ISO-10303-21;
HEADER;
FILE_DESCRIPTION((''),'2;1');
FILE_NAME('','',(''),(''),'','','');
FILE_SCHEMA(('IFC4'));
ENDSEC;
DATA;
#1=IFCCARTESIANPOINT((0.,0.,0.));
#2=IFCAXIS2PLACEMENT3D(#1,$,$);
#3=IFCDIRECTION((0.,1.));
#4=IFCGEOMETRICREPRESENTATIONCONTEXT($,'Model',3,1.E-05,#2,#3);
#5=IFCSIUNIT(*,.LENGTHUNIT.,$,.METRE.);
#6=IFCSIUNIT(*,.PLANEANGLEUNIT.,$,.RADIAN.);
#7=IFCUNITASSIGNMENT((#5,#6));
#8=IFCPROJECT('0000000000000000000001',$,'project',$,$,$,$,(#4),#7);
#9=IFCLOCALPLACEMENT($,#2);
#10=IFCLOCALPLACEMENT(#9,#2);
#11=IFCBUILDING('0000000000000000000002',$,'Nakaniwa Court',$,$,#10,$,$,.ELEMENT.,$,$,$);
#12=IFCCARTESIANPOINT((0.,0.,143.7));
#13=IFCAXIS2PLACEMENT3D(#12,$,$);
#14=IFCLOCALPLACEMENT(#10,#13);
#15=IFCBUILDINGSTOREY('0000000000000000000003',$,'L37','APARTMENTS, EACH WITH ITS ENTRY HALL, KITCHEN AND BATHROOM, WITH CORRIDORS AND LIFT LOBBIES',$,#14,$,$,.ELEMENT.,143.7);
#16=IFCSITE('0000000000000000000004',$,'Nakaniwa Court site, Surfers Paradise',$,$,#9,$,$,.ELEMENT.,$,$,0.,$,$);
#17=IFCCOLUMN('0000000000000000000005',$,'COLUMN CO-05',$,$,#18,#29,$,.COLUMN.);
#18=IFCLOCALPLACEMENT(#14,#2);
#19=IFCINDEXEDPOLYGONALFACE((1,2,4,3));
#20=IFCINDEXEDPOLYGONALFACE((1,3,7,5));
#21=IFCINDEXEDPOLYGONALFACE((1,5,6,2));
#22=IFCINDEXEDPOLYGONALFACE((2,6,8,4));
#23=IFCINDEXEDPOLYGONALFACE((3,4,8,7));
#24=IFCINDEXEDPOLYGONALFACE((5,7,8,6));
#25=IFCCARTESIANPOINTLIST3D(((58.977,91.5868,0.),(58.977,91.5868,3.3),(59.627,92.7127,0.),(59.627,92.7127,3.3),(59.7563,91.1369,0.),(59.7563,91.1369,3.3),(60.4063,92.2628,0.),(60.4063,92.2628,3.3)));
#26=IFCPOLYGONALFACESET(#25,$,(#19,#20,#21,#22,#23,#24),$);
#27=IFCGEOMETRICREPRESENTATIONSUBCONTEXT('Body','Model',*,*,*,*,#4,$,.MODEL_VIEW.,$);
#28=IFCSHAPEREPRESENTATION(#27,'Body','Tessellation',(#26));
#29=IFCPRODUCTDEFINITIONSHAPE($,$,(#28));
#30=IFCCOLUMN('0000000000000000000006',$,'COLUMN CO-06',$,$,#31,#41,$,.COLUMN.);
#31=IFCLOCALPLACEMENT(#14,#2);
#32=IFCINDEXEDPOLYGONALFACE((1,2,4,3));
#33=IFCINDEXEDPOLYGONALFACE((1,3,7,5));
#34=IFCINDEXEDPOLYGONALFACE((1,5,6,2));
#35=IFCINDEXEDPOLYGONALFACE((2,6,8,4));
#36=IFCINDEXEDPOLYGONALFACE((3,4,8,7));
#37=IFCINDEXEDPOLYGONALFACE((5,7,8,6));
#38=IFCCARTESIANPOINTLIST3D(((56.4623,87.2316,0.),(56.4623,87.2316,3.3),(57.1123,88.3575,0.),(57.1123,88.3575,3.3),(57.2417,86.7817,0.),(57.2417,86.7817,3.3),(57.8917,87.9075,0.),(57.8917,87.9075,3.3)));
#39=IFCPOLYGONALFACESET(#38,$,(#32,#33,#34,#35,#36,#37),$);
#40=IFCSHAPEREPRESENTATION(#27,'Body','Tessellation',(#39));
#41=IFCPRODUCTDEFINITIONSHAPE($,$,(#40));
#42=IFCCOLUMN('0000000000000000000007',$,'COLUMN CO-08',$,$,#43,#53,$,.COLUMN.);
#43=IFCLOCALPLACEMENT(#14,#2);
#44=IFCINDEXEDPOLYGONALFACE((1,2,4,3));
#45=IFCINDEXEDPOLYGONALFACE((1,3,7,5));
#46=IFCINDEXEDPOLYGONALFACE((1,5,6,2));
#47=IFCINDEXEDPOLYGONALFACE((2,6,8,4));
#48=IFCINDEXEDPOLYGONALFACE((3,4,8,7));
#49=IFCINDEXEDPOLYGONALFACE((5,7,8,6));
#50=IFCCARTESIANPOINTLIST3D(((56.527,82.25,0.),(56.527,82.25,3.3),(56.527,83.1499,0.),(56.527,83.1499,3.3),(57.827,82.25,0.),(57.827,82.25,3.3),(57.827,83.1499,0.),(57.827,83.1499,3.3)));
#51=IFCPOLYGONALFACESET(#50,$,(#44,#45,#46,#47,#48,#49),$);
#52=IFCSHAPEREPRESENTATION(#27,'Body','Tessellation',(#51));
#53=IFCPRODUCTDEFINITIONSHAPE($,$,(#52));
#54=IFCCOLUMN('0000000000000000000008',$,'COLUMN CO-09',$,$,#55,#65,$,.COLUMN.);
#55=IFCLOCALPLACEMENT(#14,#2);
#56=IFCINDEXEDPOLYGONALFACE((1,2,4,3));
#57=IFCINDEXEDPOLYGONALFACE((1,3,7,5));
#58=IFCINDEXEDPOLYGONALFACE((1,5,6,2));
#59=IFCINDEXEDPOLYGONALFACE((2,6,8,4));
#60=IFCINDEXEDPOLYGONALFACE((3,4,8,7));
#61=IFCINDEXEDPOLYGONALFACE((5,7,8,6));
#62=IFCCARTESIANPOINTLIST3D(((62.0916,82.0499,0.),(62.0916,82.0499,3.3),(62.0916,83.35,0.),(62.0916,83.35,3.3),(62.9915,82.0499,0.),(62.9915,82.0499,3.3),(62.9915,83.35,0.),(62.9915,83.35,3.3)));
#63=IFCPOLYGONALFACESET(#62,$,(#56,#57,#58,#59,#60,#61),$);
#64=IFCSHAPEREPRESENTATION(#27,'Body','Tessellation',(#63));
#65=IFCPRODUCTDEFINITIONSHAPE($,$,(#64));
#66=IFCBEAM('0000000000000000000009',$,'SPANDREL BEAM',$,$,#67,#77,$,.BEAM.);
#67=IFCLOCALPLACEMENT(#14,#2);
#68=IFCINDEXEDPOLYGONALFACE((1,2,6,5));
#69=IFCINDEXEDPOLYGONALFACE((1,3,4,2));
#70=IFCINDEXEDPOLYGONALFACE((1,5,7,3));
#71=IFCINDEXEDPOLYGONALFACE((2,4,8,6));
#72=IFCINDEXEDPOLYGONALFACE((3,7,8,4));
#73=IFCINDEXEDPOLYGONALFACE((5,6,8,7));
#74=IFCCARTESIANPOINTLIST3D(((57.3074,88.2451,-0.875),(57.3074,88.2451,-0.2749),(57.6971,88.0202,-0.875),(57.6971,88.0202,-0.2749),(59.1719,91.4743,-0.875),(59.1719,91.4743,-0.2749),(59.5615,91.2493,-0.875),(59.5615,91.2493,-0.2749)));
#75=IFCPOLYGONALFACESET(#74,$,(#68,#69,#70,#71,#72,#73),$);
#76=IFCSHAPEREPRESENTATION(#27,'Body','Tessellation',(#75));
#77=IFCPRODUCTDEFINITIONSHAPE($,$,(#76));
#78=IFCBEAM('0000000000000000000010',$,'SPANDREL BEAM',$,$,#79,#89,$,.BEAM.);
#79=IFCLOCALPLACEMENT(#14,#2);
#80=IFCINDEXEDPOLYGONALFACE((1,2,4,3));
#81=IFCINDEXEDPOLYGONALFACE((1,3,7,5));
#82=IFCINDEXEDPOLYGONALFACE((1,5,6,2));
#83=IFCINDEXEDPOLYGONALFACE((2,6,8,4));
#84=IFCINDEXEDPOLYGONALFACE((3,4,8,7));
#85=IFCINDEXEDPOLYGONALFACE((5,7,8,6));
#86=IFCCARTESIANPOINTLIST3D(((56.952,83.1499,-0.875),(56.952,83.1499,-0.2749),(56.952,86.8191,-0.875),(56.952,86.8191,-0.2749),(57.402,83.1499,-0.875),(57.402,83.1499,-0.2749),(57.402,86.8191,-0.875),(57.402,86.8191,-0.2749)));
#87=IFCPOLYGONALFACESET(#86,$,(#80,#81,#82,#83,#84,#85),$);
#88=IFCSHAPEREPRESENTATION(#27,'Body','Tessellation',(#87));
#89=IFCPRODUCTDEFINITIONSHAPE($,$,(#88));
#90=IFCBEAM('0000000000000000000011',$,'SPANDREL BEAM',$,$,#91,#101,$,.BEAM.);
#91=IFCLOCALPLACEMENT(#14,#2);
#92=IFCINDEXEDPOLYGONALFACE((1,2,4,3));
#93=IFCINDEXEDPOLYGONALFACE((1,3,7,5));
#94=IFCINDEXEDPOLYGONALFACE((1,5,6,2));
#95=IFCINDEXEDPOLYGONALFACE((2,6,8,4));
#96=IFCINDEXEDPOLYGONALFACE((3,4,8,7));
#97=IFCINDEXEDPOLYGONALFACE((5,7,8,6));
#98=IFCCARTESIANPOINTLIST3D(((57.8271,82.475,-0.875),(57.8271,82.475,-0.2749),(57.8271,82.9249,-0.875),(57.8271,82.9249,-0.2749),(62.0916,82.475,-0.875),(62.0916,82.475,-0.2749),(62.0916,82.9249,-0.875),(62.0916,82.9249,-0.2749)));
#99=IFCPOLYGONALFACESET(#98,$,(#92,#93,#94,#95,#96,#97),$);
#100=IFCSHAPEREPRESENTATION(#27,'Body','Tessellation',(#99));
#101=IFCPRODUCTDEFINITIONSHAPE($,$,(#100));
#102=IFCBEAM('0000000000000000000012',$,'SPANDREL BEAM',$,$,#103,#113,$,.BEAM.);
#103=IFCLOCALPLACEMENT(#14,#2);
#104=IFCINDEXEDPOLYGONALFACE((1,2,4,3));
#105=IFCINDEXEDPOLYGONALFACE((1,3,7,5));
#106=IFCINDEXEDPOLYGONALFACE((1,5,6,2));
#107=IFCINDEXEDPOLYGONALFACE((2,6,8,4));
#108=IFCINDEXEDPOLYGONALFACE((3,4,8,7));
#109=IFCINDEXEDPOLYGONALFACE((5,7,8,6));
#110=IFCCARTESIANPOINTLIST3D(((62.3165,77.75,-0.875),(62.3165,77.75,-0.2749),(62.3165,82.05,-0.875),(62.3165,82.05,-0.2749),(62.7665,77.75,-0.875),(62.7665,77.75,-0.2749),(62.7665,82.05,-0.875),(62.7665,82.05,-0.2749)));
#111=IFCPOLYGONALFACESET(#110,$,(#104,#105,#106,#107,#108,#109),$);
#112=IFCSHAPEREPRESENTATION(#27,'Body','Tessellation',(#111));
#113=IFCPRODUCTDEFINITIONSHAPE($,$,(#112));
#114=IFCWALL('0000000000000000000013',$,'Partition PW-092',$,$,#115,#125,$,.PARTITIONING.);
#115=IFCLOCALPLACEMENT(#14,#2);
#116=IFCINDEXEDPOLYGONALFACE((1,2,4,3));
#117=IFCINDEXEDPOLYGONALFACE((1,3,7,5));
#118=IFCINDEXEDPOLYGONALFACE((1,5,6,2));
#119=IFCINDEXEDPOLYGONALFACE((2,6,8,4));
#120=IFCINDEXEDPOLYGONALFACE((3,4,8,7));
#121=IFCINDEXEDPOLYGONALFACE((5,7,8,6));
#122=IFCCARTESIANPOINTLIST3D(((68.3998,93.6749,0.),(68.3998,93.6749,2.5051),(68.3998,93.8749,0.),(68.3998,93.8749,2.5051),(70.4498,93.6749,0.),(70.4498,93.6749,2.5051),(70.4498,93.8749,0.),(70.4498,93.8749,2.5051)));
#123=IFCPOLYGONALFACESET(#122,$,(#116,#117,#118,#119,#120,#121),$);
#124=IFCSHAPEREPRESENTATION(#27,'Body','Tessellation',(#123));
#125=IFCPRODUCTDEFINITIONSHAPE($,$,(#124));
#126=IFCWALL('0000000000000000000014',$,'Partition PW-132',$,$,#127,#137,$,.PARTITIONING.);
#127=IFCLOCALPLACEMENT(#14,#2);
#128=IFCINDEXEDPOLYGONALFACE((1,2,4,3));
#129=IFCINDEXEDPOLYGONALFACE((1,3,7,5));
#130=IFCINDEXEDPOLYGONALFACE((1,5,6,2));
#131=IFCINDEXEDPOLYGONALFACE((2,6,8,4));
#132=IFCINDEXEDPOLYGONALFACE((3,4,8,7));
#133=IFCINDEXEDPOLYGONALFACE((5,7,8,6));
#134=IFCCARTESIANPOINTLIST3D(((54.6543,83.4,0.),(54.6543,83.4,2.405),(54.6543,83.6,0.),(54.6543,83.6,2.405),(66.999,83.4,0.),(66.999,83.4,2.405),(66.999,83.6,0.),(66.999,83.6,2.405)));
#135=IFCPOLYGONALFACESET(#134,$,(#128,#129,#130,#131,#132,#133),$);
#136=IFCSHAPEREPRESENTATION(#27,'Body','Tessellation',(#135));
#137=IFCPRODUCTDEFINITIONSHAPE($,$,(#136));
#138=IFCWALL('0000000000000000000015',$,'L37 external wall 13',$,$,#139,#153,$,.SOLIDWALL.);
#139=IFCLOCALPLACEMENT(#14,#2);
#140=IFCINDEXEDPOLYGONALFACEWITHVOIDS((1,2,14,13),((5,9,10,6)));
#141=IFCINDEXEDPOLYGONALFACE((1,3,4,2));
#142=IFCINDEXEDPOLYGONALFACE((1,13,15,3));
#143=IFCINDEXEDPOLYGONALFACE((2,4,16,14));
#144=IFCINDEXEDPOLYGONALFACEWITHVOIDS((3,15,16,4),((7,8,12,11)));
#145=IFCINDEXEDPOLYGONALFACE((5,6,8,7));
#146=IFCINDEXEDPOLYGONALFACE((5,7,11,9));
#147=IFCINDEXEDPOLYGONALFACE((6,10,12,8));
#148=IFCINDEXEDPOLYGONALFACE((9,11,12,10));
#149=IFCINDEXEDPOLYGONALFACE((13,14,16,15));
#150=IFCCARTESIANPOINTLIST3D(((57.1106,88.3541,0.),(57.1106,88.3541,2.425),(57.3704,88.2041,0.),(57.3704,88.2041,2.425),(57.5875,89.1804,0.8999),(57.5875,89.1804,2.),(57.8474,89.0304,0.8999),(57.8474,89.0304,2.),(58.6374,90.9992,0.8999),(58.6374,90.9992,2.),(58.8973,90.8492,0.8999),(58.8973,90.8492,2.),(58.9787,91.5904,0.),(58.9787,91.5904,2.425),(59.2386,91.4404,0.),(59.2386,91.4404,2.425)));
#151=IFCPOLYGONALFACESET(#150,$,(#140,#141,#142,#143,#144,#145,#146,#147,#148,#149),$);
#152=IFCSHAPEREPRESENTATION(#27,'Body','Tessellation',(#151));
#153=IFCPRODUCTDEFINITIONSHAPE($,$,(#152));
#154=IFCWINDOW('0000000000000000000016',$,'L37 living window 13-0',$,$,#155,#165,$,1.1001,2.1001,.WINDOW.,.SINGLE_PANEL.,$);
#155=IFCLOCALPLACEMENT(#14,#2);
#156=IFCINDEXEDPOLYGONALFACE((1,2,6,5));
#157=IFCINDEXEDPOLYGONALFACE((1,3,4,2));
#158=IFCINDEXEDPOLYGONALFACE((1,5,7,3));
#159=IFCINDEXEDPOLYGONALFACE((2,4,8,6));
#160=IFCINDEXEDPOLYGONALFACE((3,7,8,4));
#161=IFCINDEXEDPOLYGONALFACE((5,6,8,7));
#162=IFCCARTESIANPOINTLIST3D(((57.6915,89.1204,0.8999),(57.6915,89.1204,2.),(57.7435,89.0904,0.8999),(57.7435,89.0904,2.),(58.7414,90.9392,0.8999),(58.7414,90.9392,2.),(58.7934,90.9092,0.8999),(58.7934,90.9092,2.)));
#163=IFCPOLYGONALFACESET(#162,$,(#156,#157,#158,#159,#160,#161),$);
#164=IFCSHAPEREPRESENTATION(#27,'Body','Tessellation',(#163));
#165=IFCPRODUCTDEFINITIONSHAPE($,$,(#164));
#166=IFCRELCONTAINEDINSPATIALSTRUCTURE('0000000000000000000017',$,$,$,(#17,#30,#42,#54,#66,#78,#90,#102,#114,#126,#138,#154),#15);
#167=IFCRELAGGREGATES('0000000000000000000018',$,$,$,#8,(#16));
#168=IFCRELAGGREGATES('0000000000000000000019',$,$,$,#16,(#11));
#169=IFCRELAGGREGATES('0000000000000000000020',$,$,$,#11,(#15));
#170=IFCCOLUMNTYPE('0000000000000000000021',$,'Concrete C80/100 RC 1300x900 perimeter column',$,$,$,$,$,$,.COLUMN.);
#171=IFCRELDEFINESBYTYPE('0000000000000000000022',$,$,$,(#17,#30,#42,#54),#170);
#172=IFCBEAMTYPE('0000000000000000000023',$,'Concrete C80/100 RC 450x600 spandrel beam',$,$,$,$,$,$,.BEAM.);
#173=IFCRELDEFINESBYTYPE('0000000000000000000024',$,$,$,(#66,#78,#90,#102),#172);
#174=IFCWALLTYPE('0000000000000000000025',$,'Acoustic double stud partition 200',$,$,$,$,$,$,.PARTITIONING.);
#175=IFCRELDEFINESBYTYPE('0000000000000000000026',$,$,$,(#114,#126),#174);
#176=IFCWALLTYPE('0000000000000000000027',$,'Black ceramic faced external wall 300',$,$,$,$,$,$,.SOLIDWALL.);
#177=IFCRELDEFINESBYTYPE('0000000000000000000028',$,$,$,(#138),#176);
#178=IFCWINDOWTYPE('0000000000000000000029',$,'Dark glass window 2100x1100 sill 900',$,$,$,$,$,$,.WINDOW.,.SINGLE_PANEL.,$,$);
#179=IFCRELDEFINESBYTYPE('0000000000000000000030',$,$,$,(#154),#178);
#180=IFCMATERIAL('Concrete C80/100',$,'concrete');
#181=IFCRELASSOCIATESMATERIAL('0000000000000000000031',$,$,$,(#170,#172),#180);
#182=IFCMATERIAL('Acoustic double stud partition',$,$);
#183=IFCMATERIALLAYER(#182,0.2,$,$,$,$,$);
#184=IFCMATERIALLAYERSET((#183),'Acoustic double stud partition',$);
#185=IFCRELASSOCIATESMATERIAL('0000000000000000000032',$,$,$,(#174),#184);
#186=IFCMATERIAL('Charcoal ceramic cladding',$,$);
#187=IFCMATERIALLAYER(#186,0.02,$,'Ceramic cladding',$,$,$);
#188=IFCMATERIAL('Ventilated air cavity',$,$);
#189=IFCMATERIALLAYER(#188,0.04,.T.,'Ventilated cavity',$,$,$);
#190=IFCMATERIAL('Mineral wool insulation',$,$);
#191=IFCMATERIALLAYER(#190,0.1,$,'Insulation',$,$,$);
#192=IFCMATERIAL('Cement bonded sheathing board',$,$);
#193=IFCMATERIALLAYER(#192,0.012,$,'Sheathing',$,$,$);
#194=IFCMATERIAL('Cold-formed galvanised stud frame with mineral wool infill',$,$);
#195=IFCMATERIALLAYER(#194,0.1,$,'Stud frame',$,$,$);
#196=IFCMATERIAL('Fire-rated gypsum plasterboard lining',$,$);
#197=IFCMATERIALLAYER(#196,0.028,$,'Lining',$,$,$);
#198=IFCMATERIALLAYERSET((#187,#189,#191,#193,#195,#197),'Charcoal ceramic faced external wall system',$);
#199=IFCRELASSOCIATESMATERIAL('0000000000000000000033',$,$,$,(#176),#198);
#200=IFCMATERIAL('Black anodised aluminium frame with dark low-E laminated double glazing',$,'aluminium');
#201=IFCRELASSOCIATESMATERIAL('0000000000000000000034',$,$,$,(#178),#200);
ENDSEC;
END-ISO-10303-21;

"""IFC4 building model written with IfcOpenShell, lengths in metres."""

from ifc_helpers import new_model, si_unit, direction, frame, frame_2d, origin, origin_2d, place, context, subcontext, project, spatial, rectangle, extrude, material, layer, layer_set, material_profile, profile_set, type_object, element, fill, save


model = new_model("IFC4")

# Units and contexts
model_context = context("Model", 3, precision=1e-05, world=origin(), true_north=direction((0.0, 1.0)))
body_context = subcontext(model_context, "Body", "Model", "MODEL_VIEW")
ifc_project = project(units=[si_unit("LENGTHUNIT", "METRE"), si_unit("PLANEANGLEUNIT", "RADIAN")], contexts=[model_context])

# Site, building, storey
site_placement = place(None, origin())
site = spatial("IfcSite", under=ifc_project, at=site_placement, Name="Nakaniwa Court site, Surfers Paradise", CompositionType="ELEMENT", RefElevation=0.0)
building_placement = place(site_placement, origin())
building = spatial("IfcBuilding", under=site, at=building_placement, Name="Nakaniwa Court", CompositionType="ELEMENT")
storey_placement = place(building_placement, frame((0.0, 0.0, 143.7)))
storey = spatial("IfcBuildingStorey", under=building, at=storey_placement, Name="L37", Description="APARTMENTS, EACH WITH ITS ENTRY HALL, KITCHEN AND BATHROOM, WITH CORRIDORS AND LIFT LOBBIES", CompositionType="ELEMENT", Elevation=143.7)

# Columns
ifc_material_1 = material(Name="Concrete C80/100", Category="concrete")
ifc_material_profile_1 = material_profile(ifc_material_1, rectangle(XDim=1.3, YDim=0.8999, at=origin_2d()), Name="Concrete C80/100 RC 1300x900 perimeter column")
ifc_profile_set_1 = profile_set([ifc_material_profile_1], Name="Concrete C80/100")
column_type = type_object("IfcColumnType", Name="Concrete C80/100 RC 1300x900 perimeter column", PredefinedType="COLUMN", material=ifc_profile_set_1)
for number, where, z_axis, x_axis, name in (
    (1, (59.6917, 91.9248, 0.0), (0.0, 0.0, 1.0), (-0.5, -0.866025, 0.0), "COLUMN CO-05"),
    (2, (57.177, 87.5696, 0.0), (0.0, 0.0, 1.0), (-0.5, -0.866025, 0.0), "COLUMN CO-06"),
    (3, (57.177, 82.7, 0.0), (0.0, 0.0, 1.0), (1.0, 0.0, 0.0), "COLUMN CO-08"),
    (4, (62.5415, 82.7, 0.0), (0.0, 0.0, 1.0), (0.0, -1.0, 0.0), "COLUMN CO-09"),
):
    element("IfcColumn", number, at=place(storey_placement, frame(where, z_axis=z_axis, x_axis=x_axis)), inside=storey, type_object=column_type, Name=name, PredefinedType="COLUMN", context=body_context, shape_type="SweptSolid", body=[
        extrude(rectangle(XDim=1.3, YDim=0.8999, at=origin_2d()), origin(), (0.0, 0.0, 1.0), 3.3),
    ])

# Beams
ifc_material_profile_2 = material_profile(ifc_material_1, rectangle(XDim=0.45, YDim=0.6001, at=origin_2d()), Name="Concrete C80/100 RC 450x600 spandrel beam")
ifc_profile_set_2 = profile_set([ifc_material_profile_2], Name="Concrete C80/100")
beam_type = type_object("IfcBeamType", Name="Concrete C80/100 RC 450x600 spandrel beam", PredefinedType="BEAM", material=ifc_profile_set_2)
beam_1_placement = place(storey_placement, frame((59.3667, 91.3618, -0.575), z_axis=(-0.500019, -0.866014, 0.0), x_axis=(0.866014, -0.500019, 0.0)))
element("IfcBeam", 5, at=beam_1_placement, inside=storey, type_object=beam_type, Name="SPANDREL BEAM", PredefinedType="BEAM", context=body_context, shape_type="SweptSolid", body=[
    extrude(rectangle(XDim=0.45, YDim=0.6001, at=origin_2d()), origin(), (0.0, 0.0, 1.0), 3.7288),
])
beam_2_placement = place(storey_placement, frame((57.177, 86.8191, -0.575), z_axis=(0.0, -1.0, 0.0), x_axis=(1.0, 0.0, 0.0)))
element("IfcBeam", 6, at=beam_2_placement, inside=storey, type_object=beam_type, Name="SPANDREL BEAM", PredefinedType="BEAM", context=body_context, shape_type="SweptSolid", body=[
    extrude(rectangle(XDim=0.45, YDim=0.6001, at=origin_2d()), origin(), (0.0, 0.0, 1.0), 3.6692),
])
beam_3_placement = place(storey_placement, frame((57.8271, 82.7, -0.575), z_axis=(1.0, 0.0, 0.0), x_axis=(0.0, 1.0, 0.0)))
element("IfcBeam", 7, at=beam_3_placement, inside=storey, type_object=beam_type, Name="SPANDREL BEAM", PredefinedType="BEAM", context=body_context, shape_type="SweptSolid", body=[
    extrude(rectangle(XDim=0.45, YDim=0.6001, at=origin_2d()), origin(), (0.0, 0.0, 1.0), 4.2644),
])
beam_4_placement = place(storey_placement, frame((62.5415, 82.05, -0.575), z_axis=(0.0, -1.0, 0.0), x_axis=(1.0, 0.0, 0.0)))
element("IfcBeam", 8, at=beam_4_placement, inside=storey, type_object=beam_type, Name="SPANDREL BEAM", PredefinedType="BEAM", context=body_context, shape_type="SweptSolid", body=[
    extrude(rectangle(XDim=0.45, YDim=0.6001, at=origin_2d()), origin(), (0.0, 0.0, 1.0), 4.3),
])

# Walls
ifc_material_2 = material(Name="Acoustic double stud partition")
ifc_layer_1 = layer(ifc_material_2, 0.2)
ifc_layer_set_1 = layer_set([ifc_layer_1], Name="Acoustic double stud partition")
wall_type_1 = type_object("IfcWallType", Name="Acoustic double stud partition 200", PredefinedType="PARTITIONING", material=ifc_layer_set_1)
wall_1_placement = place(storey_placement, frame((68.3999, 93.7749, 0.0), z_axis=(0.0, 0.0, 1.0), x_axis=(1.0, 0.0, 0.0)))
element("IfcWall", 9, at=wall_1_placement, inside=storey, type_object=wall_type_1, Name="Partition PW-092", PredefinedType="PARTITIONING", context=body_context, shape_type="SweptSolid", body=[
    extrude(rectangle(XDim=2.05, YDim=0.2, at=frame_2d((1.0249, 0.0))), origin(), (0.0, 0.0, 1.0), 2.5051),
])
wall_2_placement = place(storey_placement, frame((54.6543, 83.5, 0.0), z_axis=(0.0, 0.0, 1.0), x_axis=(1.0, 0.0, 0.0)))
element("IfcWall", 10, at=wall_2_placement, inside=storey, type_object=wall_type_1, Name="Partition PW-132", PredefinedType="PARTITIONING", context=body_context, shape_type="SweptSolid", body=[
    extrude(rectangle(XDim=12.3447, YDim=0.2, at=frame_2d((6.1724, 0.0))), origin(), (0.0, 0.0, 1.0), 2.405),
])

# Wall, opening, window
ifc_material_3 = material(Name="Charcoal ceramic cladding")
ifc_layer_2 = layer(ifc_material_3, 0.02, Name="Ceramic cladding")
ifc_material_4 = material(Name="Ventilated air cavity")
ifc_layer_3 = layer(ifc_material_4, 0.04, ventilated=True, Name="Ventilated cavity")
ifc_material_5 = material(Name="Mineral wool insulation")
ifc_layer_4 = layer(ifc_material_5, 0.1, Name="Insulation")
ifc_material_6 = material(Name="Cement bonded sheathing board")
ifc_layer_5 = layer(ifc_material_6, 0.012, Name="Sheathing")
ifc_material_7 = material(Name="Cold-formed galvanised stud frame with mineral wool infill")
ifc_layer_6 = layer(ifc_material_7, 0.1, Name="Stud frame")
ifc_material_8 = material(Name="Fire-rated gypsum plasterboard lining")
ifc_layer_7 = layer(ifc_material_8, 0.028, Name="Lining")
ifc_layer_set_2 = layer_set([ifc_layer_2, ifc_layer_3, ifc_layer_4, ifc_layer_5, ifc_layer_6, ifc_layer_7], Name="Charcoal ceramic faced external wall system")
wall_type_2 = type_object("IfcWallType", Name="Black ceramic faced external wall 300", PredefinedType="SOLIDWALL", material=ifc_layer_set_2)
wall_3_placement = place(storey_placement, frame((59.1086, 91.5154, 0.0), z_axis=(0.0, 0.0, 1.0), x_axis=(-0.499934, -0.866064, 0.0)))
wall_3 = element("IfcWall", 11, at=wall_3_placement, inside=storey, type_object=wall_type_2, Name="L37 external wall 13", PredefinedType="SOLIDWALL", context=body_context, shape_type="SweptSolid", body=[
    extrude(rectangle(XDim=3.7368, YDim=0.3, at=frame_2d((1.8684, 0.0))), origin(), (0.0, 0.0, 1.0), 2.425),
])
opening_1_placement = place(wall_3_placement, frame((0.6826, 0.0, 0.8999)))
opening_1 = element("IfcOpeningElement", 12, at=opening_1_placement, cuts=wall_3, PredefinedType="OPENING", context=body_context, shape_type="SweptSolid", body=[
    extrude(rectangle(XDim=2.1001, YDim=1.1001, at=frame_2d((1.05, 0.55))), frame((0.0, 0.1599, 0.0), z_axis=(0.0, -1.0, 0.0), x_axis=(1.0, 0.0, 0.0)), (0.0, 0.0, 1.0), 0.3201),
])
ifc_material_9 = material(Name="Black anodised aluminium frame with dark low-E laminated double glazing", Category="aluminium")
window_type_1 = type_object("IfcWindowType", Name="Dark glass window 2100x1100 sill 900", PartitioningType="SINGLE_PANEL", PredefinedType="WINDOW", material=ifc_material_9)
window_1_placement = place(opening_1_placement, origin())
window_1 = element("IfcWindow", 13, at=window_1_placement, inside=storey, type_object=window_type_1, Name="L37 living window 13-0", OverallHeight=1.1001, OverallWidth=2.1001, PartitioningType="SINGLE_PANEL", PredefinedType="WINDOW", context=body_context, shape_type="SweptSolid", body=[
    extrude(rectangle(XDim=2.1001, YDim=1.1001, at=frame_2d((1.05, 0.55))), frame((0.0, 0.03, 0.0), z_axis=(0.0, -1.0, 0.0), x_axis=(1.0, 0.0, 0.0)), (0.0, 0.0, 1.0), 0.0601),
])
fill(opening_1, window_1)

save(model, "model.ifc")
